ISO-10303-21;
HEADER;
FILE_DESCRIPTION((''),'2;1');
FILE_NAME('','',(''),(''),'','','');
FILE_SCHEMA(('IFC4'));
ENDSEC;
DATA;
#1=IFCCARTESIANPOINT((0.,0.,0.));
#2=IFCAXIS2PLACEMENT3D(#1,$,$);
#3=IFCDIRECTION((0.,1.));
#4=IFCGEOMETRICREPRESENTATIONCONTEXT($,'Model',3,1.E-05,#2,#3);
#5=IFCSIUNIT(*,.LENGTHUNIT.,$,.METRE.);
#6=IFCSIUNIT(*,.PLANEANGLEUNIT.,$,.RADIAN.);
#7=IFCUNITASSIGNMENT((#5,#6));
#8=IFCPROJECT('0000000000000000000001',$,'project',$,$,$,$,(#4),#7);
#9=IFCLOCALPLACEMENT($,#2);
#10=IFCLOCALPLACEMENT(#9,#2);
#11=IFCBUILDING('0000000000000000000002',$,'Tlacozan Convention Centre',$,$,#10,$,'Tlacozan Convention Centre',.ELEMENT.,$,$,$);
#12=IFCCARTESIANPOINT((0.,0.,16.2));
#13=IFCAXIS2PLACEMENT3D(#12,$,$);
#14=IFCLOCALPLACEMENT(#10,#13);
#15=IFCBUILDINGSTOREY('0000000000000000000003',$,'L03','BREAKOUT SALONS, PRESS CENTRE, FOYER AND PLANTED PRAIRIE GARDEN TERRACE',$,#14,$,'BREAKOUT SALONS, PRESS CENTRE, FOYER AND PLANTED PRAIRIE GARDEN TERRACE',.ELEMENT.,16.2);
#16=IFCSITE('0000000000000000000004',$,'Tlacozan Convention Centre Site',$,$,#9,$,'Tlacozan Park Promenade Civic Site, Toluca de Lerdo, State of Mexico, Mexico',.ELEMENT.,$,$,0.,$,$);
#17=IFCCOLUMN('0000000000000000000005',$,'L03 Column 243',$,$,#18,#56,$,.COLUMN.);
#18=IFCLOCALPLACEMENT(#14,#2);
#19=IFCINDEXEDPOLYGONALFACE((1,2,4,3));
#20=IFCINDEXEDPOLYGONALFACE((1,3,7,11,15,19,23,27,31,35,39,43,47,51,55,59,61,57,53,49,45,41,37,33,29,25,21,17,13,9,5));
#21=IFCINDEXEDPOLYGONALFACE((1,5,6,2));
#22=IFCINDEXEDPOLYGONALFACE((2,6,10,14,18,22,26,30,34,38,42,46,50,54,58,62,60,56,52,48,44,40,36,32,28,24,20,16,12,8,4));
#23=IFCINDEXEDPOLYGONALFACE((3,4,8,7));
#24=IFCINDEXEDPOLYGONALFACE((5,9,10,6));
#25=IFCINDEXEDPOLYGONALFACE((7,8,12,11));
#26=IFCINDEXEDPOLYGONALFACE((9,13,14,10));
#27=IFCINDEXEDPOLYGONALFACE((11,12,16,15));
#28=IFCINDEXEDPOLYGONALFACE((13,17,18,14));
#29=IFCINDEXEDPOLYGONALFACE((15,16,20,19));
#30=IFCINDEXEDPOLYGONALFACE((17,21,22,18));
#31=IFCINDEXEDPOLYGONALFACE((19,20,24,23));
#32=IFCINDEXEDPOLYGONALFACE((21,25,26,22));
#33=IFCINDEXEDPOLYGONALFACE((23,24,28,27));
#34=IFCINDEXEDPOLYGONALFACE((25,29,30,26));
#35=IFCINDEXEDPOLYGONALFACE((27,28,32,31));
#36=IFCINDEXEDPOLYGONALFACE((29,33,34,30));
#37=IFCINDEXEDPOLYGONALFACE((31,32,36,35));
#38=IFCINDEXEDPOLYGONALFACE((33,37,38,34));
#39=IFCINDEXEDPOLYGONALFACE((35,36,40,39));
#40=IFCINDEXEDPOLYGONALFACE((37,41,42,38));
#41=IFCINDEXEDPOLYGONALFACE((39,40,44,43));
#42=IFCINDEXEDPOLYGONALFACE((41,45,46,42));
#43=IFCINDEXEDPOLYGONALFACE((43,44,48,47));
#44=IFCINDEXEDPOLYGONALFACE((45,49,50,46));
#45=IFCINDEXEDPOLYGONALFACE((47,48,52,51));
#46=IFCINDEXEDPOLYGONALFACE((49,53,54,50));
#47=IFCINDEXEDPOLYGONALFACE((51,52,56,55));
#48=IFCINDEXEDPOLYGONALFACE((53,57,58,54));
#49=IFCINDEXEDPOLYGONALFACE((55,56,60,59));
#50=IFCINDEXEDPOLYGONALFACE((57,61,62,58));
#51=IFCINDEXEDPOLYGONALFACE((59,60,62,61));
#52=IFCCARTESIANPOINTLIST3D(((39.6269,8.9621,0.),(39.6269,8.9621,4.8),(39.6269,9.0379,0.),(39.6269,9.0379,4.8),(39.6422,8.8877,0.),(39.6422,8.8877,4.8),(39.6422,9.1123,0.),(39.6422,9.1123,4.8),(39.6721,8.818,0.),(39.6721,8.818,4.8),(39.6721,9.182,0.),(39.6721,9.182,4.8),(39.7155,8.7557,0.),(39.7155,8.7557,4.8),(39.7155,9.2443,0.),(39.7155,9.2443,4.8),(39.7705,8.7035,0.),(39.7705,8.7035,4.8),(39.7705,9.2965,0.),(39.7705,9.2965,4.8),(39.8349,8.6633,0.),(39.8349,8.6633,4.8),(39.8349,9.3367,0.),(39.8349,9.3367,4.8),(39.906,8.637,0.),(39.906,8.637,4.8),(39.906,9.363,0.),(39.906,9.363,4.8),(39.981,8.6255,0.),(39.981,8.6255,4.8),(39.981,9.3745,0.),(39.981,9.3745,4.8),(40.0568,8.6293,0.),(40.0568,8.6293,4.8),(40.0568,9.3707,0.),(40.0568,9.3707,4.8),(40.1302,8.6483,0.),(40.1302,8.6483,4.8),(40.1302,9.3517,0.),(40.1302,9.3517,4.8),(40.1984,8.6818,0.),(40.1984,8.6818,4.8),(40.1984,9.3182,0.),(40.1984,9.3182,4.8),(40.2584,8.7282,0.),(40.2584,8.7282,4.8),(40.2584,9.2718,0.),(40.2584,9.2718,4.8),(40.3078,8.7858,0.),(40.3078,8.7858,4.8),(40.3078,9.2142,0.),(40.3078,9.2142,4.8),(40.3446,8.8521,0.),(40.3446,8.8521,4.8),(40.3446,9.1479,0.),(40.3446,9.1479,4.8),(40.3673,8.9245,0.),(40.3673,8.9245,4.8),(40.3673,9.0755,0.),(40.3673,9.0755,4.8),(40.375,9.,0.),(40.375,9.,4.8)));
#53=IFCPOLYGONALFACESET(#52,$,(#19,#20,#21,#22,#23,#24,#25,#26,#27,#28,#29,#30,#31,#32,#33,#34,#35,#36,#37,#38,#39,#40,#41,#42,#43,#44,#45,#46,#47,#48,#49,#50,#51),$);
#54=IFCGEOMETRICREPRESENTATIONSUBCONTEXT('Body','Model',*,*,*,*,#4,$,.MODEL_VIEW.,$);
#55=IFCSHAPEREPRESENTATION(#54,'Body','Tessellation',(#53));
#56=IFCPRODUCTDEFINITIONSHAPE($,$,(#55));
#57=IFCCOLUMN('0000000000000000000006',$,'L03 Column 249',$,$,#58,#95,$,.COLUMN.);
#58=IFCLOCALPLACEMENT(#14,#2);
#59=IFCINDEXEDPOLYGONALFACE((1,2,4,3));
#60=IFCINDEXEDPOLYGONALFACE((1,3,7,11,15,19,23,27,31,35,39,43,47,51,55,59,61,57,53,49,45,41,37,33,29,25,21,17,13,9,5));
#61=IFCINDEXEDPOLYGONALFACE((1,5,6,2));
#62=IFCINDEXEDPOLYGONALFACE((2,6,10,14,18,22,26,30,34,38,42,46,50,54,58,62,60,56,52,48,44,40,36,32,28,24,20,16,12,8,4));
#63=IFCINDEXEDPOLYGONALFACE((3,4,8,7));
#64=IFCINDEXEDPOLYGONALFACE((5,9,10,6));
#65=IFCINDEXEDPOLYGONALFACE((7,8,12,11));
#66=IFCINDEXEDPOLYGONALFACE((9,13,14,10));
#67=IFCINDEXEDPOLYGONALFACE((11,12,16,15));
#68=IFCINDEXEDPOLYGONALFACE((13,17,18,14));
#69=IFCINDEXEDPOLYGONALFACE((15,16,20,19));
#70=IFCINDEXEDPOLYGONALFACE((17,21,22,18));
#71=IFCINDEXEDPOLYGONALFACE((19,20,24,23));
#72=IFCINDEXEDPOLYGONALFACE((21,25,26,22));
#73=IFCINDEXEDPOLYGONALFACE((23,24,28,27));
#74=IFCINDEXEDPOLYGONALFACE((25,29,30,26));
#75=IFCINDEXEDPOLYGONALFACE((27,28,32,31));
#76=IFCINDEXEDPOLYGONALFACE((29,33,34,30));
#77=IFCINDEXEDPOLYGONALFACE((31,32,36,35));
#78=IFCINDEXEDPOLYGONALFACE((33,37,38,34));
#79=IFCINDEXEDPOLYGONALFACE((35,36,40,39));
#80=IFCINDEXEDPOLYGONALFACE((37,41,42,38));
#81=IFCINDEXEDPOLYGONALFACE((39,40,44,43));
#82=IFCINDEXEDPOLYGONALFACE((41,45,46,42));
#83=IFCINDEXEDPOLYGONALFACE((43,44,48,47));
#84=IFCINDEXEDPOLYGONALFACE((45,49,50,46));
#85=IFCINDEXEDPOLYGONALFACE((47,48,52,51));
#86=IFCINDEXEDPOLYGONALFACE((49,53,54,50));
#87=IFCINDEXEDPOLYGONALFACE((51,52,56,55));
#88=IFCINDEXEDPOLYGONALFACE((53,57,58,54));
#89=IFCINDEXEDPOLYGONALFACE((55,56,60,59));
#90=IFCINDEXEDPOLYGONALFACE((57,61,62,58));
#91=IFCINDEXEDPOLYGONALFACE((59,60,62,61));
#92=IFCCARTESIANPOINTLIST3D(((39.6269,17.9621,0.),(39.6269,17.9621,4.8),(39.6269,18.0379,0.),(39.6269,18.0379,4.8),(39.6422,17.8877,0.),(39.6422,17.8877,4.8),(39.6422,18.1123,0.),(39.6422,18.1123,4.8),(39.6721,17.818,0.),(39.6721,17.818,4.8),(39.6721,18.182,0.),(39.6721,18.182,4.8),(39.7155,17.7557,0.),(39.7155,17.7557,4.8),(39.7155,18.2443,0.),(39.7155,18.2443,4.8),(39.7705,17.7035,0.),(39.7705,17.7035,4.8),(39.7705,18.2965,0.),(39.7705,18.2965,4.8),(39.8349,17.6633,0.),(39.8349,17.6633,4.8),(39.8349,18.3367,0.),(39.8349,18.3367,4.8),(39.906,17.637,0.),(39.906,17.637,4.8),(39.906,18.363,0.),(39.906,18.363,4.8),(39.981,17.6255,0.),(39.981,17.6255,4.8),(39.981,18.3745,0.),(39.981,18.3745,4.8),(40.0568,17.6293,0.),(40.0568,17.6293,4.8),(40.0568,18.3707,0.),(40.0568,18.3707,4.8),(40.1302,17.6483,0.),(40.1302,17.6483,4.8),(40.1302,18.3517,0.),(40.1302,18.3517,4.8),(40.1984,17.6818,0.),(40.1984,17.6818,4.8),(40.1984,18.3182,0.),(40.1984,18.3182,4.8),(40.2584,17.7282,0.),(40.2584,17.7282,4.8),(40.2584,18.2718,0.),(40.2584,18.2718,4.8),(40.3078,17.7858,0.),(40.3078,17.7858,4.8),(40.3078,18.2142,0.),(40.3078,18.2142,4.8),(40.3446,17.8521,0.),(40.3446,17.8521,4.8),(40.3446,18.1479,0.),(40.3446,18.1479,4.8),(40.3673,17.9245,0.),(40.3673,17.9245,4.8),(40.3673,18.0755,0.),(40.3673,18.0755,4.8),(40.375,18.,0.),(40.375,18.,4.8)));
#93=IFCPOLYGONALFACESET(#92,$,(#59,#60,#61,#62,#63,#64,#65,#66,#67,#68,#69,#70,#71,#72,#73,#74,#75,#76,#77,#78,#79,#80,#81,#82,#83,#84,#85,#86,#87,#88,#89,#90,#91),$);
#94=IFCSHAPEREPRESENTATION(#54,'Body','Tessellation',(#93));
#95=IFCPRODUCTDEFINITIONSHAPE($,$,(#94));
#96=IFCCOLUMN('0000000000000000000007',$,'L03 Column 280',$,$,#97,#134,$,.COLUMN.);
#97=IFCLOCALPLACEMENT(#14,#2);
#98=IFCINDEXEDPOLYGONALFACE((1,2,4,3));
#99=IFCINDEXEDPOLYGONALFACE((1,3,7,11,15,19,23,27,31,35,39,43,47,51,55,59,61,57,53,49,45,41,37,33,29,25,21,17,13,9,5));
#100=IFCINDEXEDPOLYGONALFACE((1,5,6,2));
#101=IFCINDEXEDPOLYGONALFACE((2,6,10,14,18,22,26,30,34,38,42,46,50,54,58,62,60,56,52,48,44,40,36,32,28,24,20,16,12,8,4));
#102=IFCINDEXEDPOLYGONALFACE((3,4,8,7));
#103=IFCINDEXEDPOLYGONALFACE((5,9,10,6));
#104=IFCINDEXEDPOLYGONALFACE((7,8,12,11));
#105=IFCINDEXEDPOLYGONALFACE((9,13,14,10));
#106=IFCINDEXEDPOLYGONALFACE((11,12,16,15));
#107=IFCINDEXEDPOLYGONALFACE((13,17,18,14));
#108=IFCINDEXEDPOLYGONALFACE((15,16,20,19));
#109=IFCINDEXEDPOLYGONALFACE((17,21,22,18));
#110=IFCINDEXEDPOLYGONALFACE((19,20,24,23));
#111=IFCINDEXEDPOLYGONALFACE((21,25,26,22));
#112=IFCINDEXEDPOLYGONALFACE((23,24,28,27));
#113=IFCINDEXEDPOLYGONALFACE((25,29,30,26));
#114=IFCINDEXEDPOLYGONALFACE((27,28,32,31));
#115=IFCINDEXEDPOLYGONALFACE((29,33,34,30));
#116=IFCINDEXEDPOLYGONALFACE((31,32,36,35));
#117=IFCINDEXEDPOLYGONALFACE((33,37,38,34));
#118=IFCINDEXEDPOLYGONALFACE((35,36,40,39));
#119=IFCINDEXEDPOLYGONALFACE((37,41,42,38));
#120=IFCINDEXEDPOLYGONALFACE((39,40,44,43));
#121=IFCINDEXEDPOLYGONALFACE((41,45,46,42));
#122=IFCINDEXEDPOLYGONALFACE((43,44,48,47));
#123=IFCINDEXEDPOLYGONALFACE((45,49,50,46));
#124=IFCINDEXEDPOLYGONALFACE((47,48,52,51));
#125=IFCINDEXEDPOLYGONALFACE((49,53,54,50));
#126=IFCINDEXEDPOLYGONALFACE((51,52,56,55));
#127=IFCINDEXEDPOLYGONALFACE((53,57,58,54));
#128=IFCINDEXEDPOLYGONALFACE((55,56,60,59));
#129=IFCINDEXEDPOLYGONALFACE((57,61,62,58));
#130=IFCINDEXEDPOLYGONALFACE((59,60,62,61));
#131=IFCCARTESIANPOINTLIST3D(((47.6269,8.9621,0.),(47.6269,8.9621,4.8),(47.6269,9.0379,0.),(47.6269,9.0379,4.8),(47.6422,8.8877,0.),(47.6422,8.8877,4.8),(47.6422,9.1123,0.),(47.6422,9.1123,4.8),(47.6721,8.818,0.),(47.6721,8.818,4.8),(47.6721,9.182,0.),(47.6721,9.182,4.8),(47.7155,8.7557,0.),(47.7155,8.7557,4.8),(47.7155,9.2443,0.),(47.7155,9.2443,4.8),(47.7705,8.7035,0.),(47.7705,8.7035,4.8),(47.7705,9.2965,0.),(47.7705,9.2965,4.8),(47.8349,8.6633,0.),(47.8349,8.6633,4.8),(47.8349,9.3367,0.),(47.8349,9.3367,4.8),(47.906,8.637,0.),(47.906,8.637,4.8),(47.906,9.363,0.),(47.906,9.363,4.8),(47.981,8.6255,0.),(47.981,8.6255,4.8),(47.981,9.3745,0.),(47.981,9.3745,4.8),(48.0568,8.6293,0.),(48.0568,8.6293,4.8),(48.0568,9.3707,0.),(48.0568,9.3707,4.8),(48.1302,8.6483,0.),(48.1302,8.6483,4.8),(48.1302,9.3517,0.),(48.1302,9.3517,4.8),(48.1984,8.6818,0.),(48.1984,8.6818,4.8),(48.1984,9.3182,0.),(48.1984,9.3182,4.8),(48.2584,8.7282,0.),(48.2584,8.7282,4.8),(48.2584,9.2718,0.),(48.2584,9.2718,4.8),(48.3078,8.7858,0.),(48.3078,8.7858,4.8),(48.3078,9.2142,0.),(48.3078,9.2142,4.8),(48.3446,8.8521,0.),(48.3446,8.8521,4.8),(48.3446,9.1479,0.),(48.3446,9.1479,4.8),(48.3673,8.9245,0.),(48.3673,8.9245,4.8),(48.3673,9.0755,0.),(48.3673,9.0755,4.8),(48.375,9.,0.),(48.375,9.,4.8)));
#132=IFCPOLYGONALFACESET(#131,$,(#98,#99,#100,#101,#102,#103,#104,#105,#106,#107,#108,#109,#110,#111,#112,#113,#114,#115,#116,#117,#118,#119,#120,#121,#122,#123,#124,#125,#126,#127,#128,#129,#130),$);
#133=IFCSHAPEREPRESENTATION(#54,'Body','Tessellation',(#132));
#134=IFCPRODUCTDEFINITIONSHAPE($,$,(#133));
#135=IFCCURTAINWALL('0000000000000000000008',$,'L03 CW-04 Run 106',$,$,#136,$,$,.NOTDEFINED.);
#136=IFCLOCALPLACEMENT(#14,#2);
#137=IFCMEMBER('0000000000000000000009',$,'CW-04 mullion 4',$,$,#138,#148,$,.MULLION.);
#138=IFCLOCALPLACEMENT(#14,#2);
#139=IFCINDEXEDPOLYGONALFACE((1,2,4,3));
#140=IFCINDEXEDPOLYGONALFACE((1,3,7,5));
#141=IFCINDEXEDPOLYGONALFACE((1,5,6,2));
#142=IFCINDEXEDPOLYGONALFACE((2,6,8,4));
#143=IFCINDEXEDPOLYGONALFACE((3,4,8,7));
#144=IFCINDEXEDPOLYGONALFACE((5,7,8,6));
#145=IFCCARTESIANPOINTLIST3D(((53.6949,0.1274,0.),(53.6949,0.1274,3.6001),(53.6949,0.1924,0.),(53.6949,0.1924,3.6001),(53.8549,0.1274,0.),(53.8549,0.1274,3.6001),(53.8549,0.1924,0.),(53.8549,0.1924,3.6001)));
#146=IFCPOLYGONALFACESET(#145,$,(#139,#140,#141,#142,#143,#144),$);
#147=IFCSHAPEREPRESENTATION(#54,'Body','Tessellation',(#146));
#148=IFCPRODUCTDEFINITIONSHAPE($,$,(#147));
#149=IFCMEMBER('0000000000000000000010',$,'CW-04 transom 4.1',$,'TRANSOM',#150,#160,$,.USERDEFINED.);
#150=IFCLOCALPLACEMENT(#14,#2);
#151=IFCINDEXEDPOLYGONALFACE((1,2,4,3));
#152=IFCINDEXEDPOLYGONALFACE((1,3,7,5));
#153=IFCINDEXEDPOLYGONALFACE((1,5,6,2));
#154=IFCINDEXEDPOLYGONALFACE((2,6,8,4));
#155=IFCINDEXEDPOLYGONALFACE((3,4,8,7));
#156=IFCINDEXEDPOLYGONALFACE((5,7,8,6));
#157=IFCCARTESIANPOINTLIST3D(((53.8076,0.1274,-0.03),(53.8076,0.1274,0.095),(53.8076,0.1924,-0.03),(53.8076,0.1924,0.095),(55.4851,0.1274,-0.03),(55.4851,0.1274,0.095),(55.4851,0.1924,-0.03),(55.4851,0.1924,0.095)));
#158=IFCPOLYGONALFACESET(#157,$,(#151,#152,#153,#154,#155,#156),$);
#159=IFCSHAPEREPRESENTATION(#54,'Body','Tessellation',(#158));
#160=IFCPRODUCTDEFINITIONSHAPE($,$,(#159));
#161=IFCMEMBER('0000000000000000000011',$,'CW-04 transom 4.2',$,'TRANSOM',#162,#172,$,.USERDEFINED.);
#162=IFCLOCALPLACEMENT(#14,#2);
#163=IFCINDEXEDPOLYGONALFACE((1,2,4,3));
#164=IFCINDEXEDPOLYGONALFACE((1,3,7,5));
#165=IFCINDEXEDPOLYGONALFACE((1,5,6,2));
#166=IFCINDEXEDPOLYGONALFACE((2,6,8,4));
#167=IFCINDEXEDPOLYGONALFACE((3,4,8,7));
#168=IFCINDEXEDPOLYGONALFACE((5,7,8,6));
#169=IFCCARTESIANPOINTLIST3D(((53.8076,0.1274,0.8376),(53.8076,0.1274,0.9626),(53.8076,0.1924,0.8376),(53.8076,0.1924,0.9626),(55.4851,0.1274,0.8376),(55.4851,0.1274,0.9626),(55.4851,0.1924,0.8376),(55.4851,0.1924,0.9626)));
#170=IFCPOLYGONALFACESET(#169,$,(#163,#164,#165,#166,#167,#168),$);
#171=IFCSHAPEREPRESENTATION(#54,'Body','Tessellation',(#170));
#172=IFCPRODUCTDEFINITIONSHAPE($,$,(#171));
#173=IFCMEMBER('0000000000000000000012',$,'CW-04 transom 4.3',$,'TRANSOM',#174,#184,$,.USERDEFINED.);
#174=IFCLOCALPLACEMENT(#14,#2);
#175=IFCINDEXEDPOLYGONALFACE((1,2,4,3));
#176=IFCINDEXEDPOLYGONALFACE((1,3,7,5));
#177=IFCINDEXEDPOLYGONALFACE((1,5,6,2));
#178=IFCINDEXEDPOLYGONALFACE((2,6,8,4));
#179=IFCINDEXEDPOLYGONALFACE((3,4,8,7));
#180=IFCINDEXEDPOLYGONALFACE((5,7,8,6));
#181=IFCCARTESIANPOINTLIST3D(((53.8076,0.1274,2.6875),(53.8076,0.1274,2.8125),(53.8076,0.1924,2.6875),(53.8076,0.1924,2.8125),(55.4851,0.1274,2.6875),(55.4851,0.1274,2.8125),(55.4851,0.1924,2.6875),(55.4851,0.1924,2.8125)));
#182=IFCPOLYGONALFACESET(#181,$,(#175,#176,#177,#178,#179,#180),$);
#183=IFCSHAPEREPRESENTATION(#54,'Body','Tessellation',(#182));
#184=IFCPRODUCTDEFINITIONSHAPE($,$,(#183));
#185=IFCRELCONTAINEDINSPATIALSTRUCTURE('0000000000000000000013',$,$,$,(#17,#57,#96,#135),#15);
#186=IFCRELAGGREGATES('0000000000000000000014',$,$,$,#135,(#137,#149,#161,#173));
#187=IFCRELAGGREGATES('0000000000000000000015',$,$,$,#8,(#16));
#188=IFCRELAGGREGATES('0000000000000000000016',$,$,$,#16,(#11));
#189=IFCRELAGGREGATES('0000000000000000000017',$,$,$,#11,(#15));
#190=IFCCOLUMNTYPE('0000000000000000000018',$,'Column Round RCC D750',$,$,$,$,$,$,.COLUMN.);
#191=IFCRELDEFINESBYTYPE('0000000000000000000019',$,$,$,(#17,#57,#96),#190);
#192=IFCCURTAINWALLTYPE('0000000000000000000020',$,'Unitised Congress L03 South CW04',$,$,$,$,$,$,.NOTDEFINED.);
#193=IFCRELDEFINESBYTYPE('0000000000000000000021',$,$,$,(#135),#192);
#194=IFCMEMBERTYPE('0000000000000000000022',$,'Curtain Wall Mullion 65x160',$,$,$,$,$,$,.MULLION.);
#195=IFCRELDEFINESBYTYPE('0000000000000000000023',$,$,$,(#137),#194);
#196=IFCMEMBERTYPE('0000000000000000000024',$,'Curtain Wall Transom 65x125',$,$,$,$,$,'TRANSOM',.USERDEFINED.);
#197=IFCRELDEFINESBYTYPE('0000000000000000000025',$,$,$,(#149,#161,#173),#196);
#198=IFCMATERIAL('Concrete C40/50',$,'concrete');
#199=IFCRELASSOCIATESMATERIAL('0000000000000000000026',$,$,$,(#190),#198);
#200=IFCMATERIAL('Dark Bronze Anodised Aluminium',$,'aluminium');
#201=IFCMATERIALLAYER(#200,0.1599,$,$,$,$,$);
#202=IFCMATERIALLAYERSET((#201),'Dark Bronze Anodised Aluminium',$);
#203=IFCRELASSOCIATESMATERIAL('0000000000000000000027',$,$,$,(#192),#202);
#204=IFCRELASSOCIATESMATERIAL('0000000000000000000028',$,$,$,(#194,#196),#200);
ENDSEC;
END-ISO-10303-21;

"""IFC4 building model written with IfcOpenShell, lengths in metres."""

from ifc_helpers import new_model, si_unit, direction, frame, origin, origin_2d, place, context, subcontext, project, spatial, rectangle, circle, extrude, material, layer, layer_set, material_profile, profile_set, type_object, element, aggregate, save


model = new_model("IFC4")

# Units and contexts
model_context = context("Model", 3, precision=1e-05, world=origin(), true_north=direction((0.0, 1.0)))
body_context = subcontext(model_context, "Body", "Model", "MODEL_VIEW")
ifc_project = project(units=[si_unit("LENGTHUNIT", "METRE"), si_unit("PLANEANGLEUNIT", "RADIAN")], contexts=[model_context])

# Site, building, storey
site_placement = place(None, origin())
site = spatial("IfcSite", under=ifc_project, at=site_placement, Name="Tlacozan Convention Centre Site", LongName="Tlacozan Park Promenade Civic Site, Toluca de Lerdo, State of Mexico, Mexico", CompositionType="ELEMENT", RefElevation=0.0)
building_placement = place(site_placement, origin())
building = spatial("IfcBuilding", under=site, at=building_placement, Name="Tlacozan Convention Centre", LongName="Tlacozan Convention Centre", CompositionType="ELEMENT")
storey_placement = place(building_placement, frame((0.0, 0.0, 16.2)))
storey = spatial("IfcBuildingStorey", under=building, at=storey_placement, Name="L03", Description="BREAKOUT SALONS, PRESS CENTRE, FOYER AND PLANTED PRAIRIE GARDEN TERRACE", LongName="BREAKOUT SALONS, PRESS CENTRE, FOYER AND PLANTED PRAIRIE GARDEN TERRACE", CompositionType="ELEMENT", Elevation=16.2)

# Columns
ifc_material_1 = material(Name="Concrete C40/50", Category="concrete")
ifc_material_profile_1 = material_profile(ifc_material_1, circle(Radius=0.375, at=origin_2d()), Name="RCC D750")
ifc_profile_set_1 = profile_set([ifc_material_profile_1], Name="Concrete C40/50")
column_type = type_object("IfcColumnType", Name="Column Round RCC D750", PredefinedType="COLUMN", material=ifc_profile_set_1)
for number, where, z_axis, x_axis, name in (
    (1, (40.0, 9.0, 0.0), (0.0, 0.0, 1.0), (1.0, 0.0, 0.0), "L03 Column 243"),
    (2, (40.0, 18.0, 0.0), (0.0, 0.0, 1.0), (1.0, 0.0, 0.0), "L03 Column 249"),
    (3, (48.0, 9.0, 0.0), (0.0, 0.0, 1.0), (1.0, 0.0, 0.0), "L03 Column 280"),
):
    element("IfcColumn", number, at=place(storey_placement, frame(where, z_axis=z_axis, x_axis=x_axis)), inside=storey, type_object=column_type, Name=name, PredefinedType="COLUMN", context=body_context, shape_type="SweptSolid", body=[
        extrude(circle(Radius=0.375, at=origin_2d()), origin(), (0.0, 0.0, 1.0), 4.8),
    ])

# Curtain wall, members
ifc_material_2 = material(Name="Dark Bronze Anodised Aluminium", Category="aluminium")
ifc_layer_1 = layer(ifc_material_2, 0.1599)
ifc_layer_set_1 = layer_set([ifc_layer_1], Name="Dark Bronze Anodised Aluminium")
curtain_wall_type = type_object("IfcCurtainWallType", Name="Unitised Congress L03 South CW04", PredefinedType="NOTDEFINED", material=ifc_layer_set_1)
curtain_wall_placement = place(storey_placement, origin())
curtain_wall = element("IfcCurtainWall", 4, at=curtain_wall_placement, inside=storey, type_object=curtain_wall_type, Name="L03 CW-04 Run 106", PredefinedType="NOTDEFINED")
ifc_material_profile_2 = material_profile(ifc_material_2, rectangle(XDim=0.0649, YDim=0.1599, at=origin_2d()), Name="ALU 65x160")
ifc_profile_set_2 = profile_set([ifc_material_profile_2], Name="Dark Bronze Anodised Aluminium")
member_type_1 = type_object("IfcMemberType", Name="Curtain Wall Mullion 65x160", PredefinedType="MULLION", material=ifc_profile_set_2)
member_1_placement = place(storey_placement, frame((53.7749, 0.1599, 0.0), z_axis=(0.0, 0.0, 1.0), x_axis=(0.0, 1.0, 0.0)))
member_1 = element("IfcMember", 5, at=member_1_placement, type_object=member_type_1, Name="CW-04 mullion 4", PredefinedType="MULLION", context=body_context, shape_type="SweptSolid", body=[
    extrude(rectangle(XDim=0.0649, YDim=0.1599, at=origin_2d()), origin(), (0.0, 0.0, 1.0), 3.6001),
])
ifc_material_profile_3 = material_profile(ifc_material_2, rectangle(XDim=0.0649, YDim=0.125, at=origin_2d()), Name="ALU 65x125")
ifc_profile_set_3 = profile_set([ifc_material_profile_3], Name="Dark Bronze Anodised Aluminium")
member_type_2 = type_object("IfcMemberType", Name="Curtain Wall Transom 65x125", ElementType="TRANSOM", PredefinedType="USERDEFINED", material=ifc_profile_set_3)
member_2_placement = place(storey_placement, frame((53.8076, 0.1599, 0.0325), z_axis=(1.0, 0.0, 0.0), x_axis=(0.0, 1.0, 0.0)))
member_2 = element("IfcMember", 6, at=member_2_placement, type_object=member_type_2, Name="CW-04 transom 4.1", ObjectType="TRANSOM", PredefinedType="USERDEFINED", context=body_context, shape_type="SweptSolid", body=[
    extrude(rectangle(XDim=0.0649, YDim=0.125, at=origin_2d()), origin(), (0.0, 0.0, 1.0), 1.6775),
])
member_3_placement = place(storey_placement, frame((53.8076, 0.1599, 0.9001), z_axis=(1.0, 0.0, 0.0), x_axis=(0.0, 1.0, 0.0)))
member_3 = element("IfcMember", 7, at=member_3_placement, type_object=member_type_2, Name="CW-04 transom 4.2", ObjectType="TRANSOM", PredefinedType="USERDEFINED", context=body_context, shape_type="SweptSolid", body=[
    extrude(rectangle(XDim=0.0649, YDim=0.125, at=origin_2d()), origin(), (0.0, 0.0, 1.0), 1.6775),
])
member_4_placement = place(storey_placement, frame((53.8076, 0.1599, 2.75), z_axis=(1.0, 0.0, 0.0), x_axis=(0.0, 1.0, 0.0)))
member_4 = element("IfcMember", 8, at=member_4_placement, type_object=member_type_2, Name="CW-04 transom 4.3", ObjectType="TRANSOM", PredefinedType="USERDEFINED", context=body_context, shape_type="SweptSolid", body=[
    extrude(rectangle(XDim=0.0649, YDim=0.125, at=origin_2d()), origin(), (0.0, 0.0, 1.0), 1.6775),
])

aggregate(curtain_wall, [member_1, member_2, member_3, member_4])

save(model, "model.ifc")
